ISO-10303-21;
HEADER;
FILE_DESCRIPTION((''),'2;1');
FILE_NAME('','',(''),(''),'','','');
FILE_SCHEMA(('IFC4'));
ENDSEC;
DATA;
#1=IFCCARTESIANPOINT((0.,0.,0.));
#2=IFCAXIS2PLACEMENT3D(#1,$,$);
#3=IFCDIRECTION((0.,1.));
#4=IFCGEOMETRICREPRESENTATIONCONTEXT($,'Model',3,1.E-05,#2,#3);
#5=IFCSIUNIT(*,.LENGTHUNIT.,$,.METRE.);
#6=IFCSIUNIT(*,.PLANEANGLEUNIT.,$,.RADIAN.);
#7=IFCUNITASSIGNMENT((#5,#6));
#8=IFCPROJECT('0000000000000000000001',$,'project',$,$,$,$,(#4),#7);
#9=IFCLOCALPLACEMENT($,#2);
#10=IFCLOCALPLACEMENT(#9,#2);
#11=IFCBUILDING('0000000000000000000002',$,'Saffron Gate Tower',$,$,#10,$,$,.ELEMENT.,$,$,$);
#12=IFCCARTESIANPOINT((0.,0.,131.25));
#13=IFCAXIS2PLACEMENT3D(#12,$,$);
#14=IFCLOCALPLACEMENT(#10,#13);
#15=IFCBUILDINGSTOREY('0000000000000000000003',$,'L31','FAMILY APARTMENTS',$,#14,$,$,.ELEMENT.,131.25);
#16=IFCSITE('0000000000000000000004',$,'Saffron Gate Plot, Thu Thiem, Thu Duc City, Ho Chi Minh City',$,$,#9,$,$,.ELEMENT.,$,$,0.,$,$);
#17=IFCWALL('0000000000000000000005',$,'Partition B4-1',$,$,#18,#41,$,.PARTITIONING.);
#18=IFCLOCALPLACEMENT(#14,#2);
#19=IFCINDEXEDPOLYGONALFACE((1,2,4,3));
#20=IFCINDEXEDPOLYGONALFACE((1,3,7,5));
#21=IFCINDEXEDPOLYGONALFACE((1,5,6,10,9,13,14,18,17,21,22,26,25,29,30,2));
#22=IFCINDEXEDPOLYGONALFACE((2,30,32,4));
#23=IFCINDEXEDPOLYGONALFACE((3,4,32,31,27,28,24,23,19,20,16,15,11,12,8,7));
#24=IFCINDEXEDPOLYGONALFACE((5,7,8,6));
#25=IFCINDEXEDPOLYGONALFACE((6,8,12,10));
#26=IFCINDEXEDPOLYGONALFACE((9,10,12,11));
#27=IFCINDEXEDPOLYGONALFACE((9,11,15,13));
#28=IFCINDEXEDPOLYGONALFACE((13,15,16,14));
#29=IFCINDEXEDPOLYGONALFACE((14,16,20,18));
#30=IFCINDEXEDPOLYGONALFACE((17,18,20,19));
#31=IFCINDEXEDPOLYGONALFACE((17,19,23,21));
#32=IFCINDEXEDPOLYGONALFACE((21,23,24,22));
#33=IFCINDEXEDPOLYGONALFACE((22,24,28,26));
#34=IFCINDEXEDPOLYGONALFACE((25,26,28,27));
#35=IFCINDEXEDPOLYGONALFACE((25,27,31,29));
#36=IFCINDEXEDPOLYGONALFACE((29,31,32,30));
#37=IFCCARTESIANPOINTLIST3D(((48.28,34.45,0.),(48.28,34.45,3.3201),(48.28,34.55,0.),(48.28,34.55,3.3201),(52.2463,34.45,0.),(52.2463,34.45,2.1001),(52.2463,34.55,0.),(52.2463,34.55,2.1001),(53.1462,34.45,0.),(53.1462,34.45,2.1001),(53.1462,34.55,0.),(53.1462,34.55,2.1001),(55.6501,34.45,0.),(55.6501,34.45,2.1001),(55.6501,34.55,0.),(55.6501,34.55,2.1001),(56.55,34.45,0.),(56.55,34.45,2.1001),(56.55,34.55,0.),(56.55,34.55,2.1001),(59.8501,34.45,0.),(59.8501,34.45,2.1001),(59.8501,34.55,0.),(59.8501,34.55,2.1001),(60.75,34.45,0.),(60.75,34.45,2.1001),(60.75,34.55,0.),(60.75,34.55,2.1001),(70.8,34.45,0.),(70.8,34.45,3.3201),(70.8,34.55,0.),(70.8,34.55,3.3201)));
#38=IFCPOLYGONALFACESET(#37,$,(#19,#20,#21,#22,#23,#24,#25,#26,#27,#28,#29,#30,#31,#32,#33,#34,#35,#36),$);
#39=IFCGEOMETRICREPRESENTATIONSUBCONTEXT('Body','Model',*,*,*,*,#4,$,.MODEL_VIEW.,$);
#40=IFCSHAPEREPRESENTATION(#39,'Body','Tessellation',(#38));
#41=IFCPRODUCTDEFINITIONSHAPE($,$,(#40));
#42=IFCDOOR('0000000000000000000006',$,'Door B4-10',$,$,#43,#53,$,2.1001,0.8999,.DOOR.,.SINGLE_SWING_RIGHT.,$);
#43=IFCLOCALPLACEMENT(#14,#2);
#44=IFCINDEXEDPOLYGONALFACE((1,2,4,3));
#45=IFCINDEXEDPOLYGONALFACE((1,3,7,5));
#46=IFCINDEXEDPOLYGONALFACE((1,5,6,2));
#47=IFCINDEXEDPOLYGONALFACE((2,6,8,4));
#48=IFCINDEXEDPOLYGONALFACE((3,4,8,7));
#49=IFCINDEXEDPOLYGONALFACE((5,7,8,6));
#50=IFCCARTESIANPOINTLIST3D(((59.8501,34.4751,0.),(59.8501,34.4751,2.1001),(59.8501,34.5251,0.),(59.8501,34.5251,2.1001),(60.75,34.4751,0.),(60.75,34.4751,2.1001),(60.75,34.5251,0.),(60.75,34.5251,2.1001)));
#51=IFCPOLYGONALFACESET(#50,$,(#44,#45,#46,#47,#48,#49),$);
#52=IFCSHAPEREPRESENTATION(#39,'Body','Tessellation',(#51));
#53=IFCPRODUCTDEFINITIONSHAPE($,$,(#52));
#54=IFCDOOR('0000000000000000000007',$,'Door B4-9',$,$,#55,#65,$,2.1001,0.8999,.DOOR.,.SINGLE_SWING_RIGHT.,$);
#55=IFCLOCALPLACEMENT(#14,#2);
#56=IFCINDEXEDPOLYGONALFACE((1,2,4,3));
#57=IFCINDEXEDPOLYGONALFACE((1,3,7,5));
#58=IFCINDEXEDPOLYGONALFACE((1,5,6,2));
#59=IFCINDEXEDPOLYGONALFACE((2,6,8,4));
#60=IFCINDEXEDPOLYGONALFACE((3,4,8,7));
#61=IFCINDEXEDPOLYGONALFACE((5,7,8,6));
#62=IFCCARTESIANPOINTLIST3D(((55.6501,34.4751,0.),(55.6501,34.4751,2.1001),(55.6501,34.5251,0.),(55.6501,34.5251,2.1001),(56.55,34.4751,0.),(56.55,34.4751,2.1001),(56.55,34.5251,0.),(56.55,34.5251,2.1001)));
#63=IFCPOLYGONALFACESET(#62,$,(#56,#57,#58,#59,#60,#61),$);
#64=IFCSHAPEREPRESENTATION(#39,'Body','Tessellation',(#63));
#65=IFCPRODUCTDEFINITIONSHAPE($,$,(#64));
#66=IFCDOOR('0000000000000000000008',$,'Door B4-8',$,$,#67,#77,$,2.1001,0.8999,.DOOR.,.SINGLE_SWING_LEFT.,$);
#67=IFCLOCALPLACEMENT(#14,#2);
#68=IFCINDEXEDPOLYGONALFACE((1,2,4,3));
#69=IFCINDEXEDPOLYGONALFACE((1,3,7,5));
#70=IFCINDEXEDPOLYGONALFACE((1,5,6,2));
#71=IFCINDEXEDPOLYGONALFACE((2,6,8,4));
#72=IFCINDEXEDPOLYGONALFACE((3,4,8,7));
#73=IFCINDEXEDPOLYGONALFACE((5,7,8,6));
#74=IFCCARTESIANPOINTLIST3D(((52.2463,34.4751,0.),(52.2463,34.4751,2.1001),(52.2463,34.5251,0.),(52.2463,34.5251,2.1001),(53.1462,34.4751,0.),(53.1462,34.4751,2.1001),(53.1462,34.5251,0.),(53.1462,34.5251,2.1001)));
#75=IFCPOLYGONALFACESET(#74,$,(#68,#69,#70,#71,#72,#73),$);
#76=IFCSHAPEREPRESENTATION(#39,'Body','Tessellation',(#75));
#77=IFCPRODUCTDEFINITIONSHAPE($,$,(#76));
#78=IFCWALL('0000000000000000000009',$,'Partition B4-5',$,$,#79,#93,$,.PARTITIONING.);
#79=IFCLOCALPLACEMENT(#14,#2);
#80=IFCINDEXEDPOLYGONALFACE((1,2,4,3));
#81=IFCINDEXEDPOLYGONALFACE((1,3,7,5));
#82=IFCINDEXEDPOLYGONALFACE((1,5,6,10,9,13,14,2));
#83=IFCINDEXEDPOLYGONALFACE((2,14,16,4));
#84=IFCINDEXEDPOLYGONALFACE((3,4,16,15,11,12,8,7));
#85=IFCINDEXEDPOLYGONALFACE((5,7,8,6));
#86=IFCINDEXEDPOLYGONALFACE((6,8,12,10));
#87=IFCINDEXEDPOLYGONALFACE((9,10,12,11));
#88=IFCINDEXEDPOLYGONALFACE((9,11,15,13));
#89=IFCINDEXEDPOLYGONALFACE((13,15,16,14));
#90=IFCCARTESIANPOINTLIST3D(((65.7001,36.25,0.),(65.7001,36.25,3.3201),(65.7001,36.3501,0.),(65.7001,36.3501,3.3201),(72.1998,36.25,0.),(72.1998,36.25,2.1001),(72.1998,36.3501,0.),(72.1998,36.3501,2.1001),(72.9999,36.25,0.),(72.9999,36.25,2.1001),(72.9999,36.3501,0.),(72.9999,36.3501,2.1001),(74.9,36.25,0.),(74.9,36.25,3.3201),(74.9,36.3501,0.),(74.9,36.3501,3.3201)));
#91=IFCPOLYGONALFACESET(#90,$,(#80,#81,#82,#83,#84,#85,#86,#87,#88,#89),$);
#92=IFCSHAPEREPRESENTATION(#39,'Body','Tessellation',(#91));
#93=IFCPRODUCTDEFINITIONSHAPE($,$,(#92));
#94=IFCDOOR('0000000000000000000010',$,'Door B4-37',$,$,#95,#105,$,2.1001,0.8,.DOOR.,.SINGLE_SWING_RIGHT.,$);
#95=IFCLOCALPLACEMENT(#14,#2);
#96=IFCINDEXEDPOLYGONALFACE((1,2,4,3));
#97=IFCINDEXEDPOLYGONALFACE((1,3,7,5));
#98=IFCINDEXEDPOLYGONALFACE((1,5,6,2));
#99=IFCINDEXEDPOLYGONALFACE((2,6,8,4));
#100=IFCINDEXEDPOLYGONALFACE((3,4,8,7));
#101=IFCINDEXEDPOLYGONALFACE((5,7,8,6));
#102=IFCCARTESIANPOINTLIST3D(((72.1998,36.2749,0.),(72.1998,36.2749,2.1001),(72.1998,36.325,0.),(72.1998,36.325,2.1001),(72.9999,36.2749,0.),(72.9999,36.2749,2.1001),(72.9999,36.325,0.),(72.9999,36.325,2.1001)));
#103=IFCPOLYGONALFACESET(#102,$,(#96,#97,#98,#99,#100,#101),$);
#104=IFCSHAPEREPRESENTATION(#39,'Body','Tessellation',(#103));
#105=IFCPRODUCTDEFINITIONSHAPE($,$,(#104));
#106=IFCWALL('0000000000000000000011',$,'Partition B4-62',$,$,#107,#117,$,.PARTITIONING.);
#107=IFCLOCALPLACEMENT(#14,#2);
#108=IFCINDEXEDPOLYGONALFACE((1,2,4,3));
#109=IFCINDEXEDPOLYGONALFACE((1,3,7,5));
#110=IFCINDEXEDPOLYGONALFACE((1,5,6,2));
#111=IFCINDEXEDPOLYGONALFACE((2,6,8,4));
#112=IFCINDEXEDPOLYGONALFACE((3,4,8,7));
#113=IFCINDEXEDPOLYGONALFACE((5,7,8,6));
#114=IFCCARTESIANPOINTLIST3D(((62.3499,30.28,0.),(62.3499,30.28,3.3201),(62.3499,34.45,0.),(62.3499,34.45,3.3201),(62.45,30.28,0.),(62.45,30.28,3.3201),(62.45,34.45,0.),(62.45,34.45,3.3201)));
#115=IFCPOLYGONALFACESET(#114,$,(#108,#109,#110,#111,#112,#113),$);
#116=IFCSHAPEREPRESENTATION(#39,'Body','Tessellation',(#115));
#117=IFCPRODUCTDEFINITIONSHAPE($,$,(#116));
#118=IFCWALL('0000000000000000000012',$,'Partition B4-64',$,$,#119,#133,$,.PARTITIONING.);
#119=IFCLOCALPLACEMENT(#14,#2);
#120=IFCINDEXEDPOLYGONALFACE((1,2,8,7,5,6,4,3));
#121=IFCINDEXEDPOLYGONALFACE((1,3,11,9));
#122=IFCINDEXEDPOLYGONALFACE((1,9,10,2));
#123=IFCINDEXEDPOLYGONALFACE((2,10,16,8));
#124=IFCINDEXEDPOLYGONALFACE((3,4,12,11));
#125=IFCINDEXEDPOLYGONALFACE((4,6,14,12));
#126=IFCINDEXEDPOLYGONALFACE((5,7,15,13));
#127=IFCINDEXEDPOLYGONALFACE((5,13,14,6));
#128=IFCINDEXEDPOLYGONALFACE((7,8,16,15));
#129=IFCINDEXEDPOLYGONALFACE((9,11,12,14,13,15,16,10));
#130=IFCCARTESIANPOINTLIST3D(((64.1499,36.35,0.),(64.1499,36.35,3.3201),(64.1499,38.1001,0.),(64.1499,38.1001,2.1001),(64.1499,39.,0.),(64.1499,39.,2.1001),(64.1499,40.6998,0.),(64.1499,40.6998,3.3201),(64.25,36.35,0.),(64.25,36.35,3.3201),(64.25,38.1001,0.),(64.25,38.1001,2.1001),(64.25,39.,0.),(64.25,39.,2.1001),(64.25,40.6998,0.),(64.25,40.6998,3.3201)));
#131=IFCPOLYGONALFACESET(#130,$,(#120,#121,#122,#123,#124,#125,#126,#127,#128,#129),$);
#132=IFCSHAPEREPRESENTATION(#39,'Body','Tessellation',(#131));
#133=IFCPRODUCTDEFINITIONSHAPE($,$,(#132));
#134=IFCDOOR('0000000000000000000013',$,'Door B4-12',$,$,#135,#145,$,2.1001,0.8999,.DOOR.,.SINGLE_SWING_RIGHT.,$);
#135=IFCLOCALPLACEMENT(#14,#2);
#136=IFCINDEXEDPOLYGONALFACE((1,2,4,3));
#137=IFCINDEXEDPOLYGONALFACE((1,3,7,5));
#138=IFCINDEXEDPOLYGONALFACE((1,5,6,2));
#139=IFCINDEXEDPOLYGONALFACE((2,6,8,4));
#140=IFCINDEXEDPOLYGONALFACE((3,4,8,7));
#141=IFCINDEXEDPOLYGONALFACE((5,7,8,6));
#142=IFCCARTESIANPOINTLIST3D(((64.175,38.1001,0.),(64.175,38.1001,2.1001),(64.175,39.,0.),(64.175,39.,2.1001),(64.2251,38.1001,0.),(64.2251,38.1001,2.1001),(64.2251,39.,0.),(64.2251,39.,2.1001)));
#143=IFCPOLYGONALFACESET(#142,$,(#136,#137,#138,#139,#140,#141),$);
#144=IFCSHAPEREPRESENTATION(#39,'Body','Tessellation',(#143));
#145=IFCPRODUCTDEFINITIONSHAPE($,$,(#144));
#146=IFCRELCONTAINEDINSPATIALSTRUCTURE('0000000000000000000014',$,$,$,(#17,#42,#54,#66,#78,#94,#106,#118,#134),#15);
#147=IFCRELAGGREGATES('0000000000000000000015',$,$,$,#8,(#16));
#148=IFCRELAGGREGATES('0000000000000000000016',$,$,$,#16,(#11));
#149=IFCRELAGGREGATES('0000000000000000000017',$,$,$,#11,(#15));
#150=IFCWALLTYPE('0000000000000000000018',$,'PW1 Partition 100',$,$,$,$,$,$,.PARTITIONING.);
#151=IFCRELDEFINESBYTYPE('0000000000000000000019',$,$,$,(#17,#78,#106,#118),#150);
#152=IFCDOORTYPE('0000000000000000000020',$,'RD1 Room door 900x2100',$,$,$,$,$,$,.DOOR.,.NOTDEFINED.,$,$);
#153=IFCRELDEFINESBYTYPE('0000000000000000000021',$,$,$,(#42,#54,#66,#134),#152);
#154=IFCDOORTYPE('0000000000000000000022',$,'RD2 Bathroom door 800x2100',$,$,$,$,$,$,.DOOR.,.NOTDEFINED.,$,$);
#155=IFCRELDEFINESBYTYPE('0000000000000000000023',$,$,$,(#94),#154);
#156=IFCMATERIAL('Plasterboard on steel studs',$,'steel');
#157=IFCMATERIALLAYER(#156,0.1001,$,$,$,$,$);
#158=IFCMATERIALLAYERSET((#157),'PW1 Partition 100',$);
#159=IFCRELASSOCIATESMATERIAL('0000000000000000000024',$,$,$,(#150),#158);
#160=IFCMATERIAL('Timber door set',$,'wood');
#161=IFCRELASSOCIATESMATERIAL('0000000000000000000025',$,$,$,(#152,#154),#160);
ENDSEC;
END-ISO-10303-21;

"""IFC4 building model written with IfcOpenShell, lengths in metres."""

from ifc_helpers import new_model, si_unit, direction, frame, frame_2d, origin, place, context, subcontext, project, spatial, rectangle, extrude, material, layer, layer_set, type_object, element, fill, save


model = new_model("IFC4")

# Units and contexts
model_context = context("Model", 3, precision=1e-05, world=origin(), true_north=direction((0.0, 1.0)))
body_context = subcontext(model_context, "Body", "Model", "MODEL_VIEW")
ifc_project = project(units=[si_unit("LENGTHUNIT", "METRE"), si_unit("PLANEANGLEUNIT", "RADIAN")], contexts=[model_context])

# Site, building, storey
site_placement = place(None, origin())
site = spatial("IfcSite", under=ifc_project, at=site_placement, Name="Saffron Gate Plot, Thu Thiem, Thu Duc City, Ho Chi Minh City", CompositionType="ELEMENT", RefElevation=0.0)
building_placement = place(site_placement, origin())
building = spatial("IfcBuilding", under=site, at=building_placement, Name="Saffron Gate Tower", CompositionType="ELEMENT")
storey_placement = place(building_placement, frame((0.0, 0.0, 131.25)))
storey = spatial("IfcBuildingStorey", under=building, at=storey_placement, Name="L31", Description="FAMILY APARTMENTS", CompositionType="ELEMENT", Elevation=131.25)

# Wall, openings, doors
ifc_material_1 = material(Name="Plasterboard on steel studs", Category="steel")
ifc_layer = layer(ifc_material_1, 0.1001)
ifc_layer_set = layer_set([ifc_layer], Name="PW1 Partition 100")
wall_type = type_object("IfcWallType", Name="PW1 Partition 100", PredefinedType="PARTITIONING", material=ifc_layer_set)
wall_1_placement = place(storey_placement, frame((70.8, 34.5, 0.0), z_axis=(0.0, 0.0, 1.0), x_axis=(-1.0, 0.0, 0.0)))
wall_1 = element("IfcWall", 1, at=wall_1_placement, inside=storey, type_object=wall_type, Name="Partition B4-1", PredefinedType="PARTITIONING", context=body_context, shape_type="SweptSolid", body=[
    extrude(rectangle(XDim=22.52, YDim=0.1001, at=frame_2d((11.26, 0.0))), origin(), (0.0, 0.0, 1.0), 3.3201),
])
opening_1_placement = place(wall_1_placement, frame((10.05, 0.0, 0.0)))
opening_1 = element("IfcOpeningElement", 2, at=opening_1_placement, cuts=wall_1, PredefinedType="OPENING", context=body_context, shape_type="SweptSolid", body=[
    extrude(rectangle(XDim=0.8999, YDim=2.1001, at=frame_2d((0.45, 1.05))), frame((0.0, 0.0601, 0.0), z_axis=(0.0, -1.0, 0.0), x_axis=(1.0, 0.0, 0.0)), (0.0, 0.0, 1.0), 0.1201),
])
opening_2_placement = place(wall_1_placement, frame((14.25, 0.0, 0.0)))
opening_2 = element("IfcOpeningElement", 3, at=opening_2_placement, cuts=wall_1, PredefinedType="OPENING", context=body_context, shape_type="SweptSolid", body=[
    extrude(rectangle(XDim=0.8999, YDim=2.1001, at=frame_2d((0.45, 1.05))), frame((0.0, 0.0601, 0.0), z_axis=(0.0, -1.0, 0.0), x_axis=(1.0, 0.0, 0.0)), (0.0, 0.0, 1.0), 0.1201),
])
opening_3_placement = place(wall_1_placement, frame((17.6538, 0.0, 0.0)))
opening_3 = element("IfcOpeningElement", 4, at=opening_3_placement, cuts=wall_1, PredefinedType="OPENING", context=body_context, shape_type="SweptSolid", body=[
    extrude(rectangle(XDim=0.8999, YDim=2.1001, at=frame_2d((0.45, 1.05))), frame((0.0, 0.0601, 0.0), z_axis=(0.0, -1.0, 0.0), x_axis=(1.0, 0.0, 0.0)), (0.0, 0.0, 1.0), 0.1201),
])
ifc_material_2 = material(Name="Timber door set", Category="wood")
door_type_1 = type_object("IfcDoorType", Name="RD1 Room door 900x2100", OperationType="NOTDEFINED", PredefinedType="DOOR", material=ifc_material_2)
door_1_placement = place(opening_1_placement, origin())
door_1 = element("IfcDoor", 5, at=door_1_placement, inside=storey, type_object=door_type_1, Name="Door B4-10", OperationType="SINGLE_SWING_RIGHT", OverallHeight=2.1001, OverallWidth=0.8999, PredefinedType="DOOR", context=body_context, shape_type="SweptSolid", body=[
    extrude(rectangle(XDim=0.8999, YDim=2.1001, at=frame_2d((0.45, 1.05))), frame((0.0, 0.0249, 0.0), z_axis=(0.0, -1.0, 0.0), x_axis=(1.0, 0.0, 0.0)), (0.0, 0.0, 1.0), 0.05),
])
fill(opening_1, door_1)
door_2_placement = place(opening_2_placement, origin())
door_2 = element("IfcDoor", 6, at=door_2_placement, inside=storey, type_object=door_type_1, Name="Door B4-9", OperationType="SINGLE_SWING_RIGHT", OverallHeight=2.1001, OverallWidth=0.8999, PredefinedType="DOOR", context=body_context, shape_type="SweptSolid", body=[
    extrude(rectangle(XDim=0.8999, YDim=2.1001, at=frame_2d((0.45, 1.05))), frame((0.0, 0.0249, 0.0), z_axis=(0.0, -1.0, 0.0), x_axis=(1.0, 0.0, 0.0)), (0.0, 0.0, 1.0), 0.05),
])
fill(opening_2, door_2)
door_3_placement = place(opening_3_placement, origin())
door_3 = element("IfcDoor", 7, at=door_3_placement, inside=storey, type_object=door_type_1, Name="Door B4-8", OperationType="SINGLE_SWING_LEFT", OverallHeight=2.1001, OverallWidth=0.8999, PredefinedType="DOOR", context=body_context, shape_type="SweptSolid", body=[
    extrude(rectangle(XDim=0.8999, YDim=2.1001, at=frame_2d((0.45, 1.05))), frame((0.0, 0.0249, 0.0), z_axis=(0.0, -1.0, 0.0), x_axis=(1.0, 0.0, 0.0)), (0.0, 0.0, 1.0), 0.05),
])
fill(opening_3, door_3)

# Wall, opening, door
wall_2_placement = place(storey_placement, frame((65.7, 36.3, 0.0), z_axis=(0.0, 0.0, 1.0), x_axis=(1.0, 0.0, 0.0)))
wall_2 = element("IfcWall", 8, at=wall_2_placement, inside=storey, type_object=wall_type, Name="Partition B4-5", PredefinedType="PARTITIONING", context=body_context, shape_type="SweptSolid", body=[
    extrude(rectangle(XDim=9.2, YDim=0.1001, at=frame_2d((4.6001, 0.0))), origin(), (0.0, 0.0, 1.0), 3.3201),
])
opening_4_placement = place(wall_2_placement, frame((6.5, 0.0, 0.0)))
opening_4 = element("IfcOpeningElement", 9, at=opening_4_placement, cuts=wall_2, PredefinedType="OPENING", context=body_context, shape_type="SweptSolid", body=[
    extrude(rectangle(XDim=0.8, YDim=2.1001, at=frame_2d((0.3999, 1.05))), frame((0.0, 0.0601, 0.0), z_axis=(0.0, -1.0, 0.0), x_axis=(1.0, 0.0, 0.0)), (0.0, 0.0, 1.0), 0.1201),
])
door_type_2 = type_object("IfcDoorType", Name="RD2 Bathroom door 800x2100", OperationType="NOTDEFINED", PredefinedType="DOOR", material=ifc_material_2)
door_4_placement = place(opening_4_placement, origin())
door_4 = element("IfcDoor", 10, at=door_4_placement, inside=storey, type_object=door_type_2, Name="Door B4-37", OperationType="SINGLE_SWING_RIGHT", OverallHeight=2.1001, OverallWidth=0.8, PredefinedType="DOOR", context=body_context, shape_type="SweptSolid", body=[
    extrude(rectangle(XDim=0.8, YDim=2.1001, at=frame_2d((0.3999, 1.05))), frame((0.0, 0.0249, 0.0), z_axis=(0.0, -1.0, 0.0), x_axis=(1.0, 0.0, 0.0)), (0.0, 0.0, 1.0), 0.05),
])
fill(opening_4, door_4)

# Wall
wall_3_placement = place(storey_placement, frame((62.3999, 34.45, 0.0), z_axis=(0.0, 0.0, 1.0), x_axis=(0.0, -1.0, 0.0)))
element("IfcWall", 11, at=wall_3_placement, inside=storey, type_object=wall_type, Name="Partition B4-62", PredefinedType="PARTITIONING", context=body_context, shape_type="SweptSolid", body=[
    extrude(rectangle(XDim=4.1699, YDim=0.1001, at=frame_2d((2.085, 0.0))), origin(), (0.0, 0.0, 1.0), 3.3201),
])

# Wall, opening, door
wall_4_placement = place(storey_placement, frame((64.2, 36.3501, 0.0), z_axis=(0.0, 0.0, 1.0), x_axis=(0.0, 1.0, 0.0)))
wall_4 = element("IfcWall", 12, at=wall_4_placement, inside=storey, type_object=wall_type, Name="Partition B4-64", PredefinedType="PARTITIONING", context=body_context, shape_type="SweptSolid", body=[
    extrude(rectangle(XDim=4.3499, YDim=0.1001, at=frame_2d((2.1748, 0.0))), origin(), (0.0, 0.0, 1.0), 3.3201),
])
opening_5_placement = place(wall_4_placement, frame((1.75, 0.0, 0.0)))
opening_5 = element("IfcOpeningElement", 13, at=opening_5_placement, cuts=wall_4, PredefinedType="OPENING", context=body_context, shape_type="SweptSolid", body=[
    extrude(rectangle(XDim=0.8999, YDim=2.1001, at=frame_2d((0.45, 1.05))), frame((0.0, 0.0601, 0.0), z_axis=(0.0, -1.0, 0.0), x_axis=(1.0, 0.0, 0.0)), (0.0, 0.0, 1.0), 0.1201),
])
door_5_placement = place(opening_5_placement, origin())
door_5 = element("IfcDoor", 14, at=door_5_placement, inside=storey, type_object=door_type_1, Name="Door B4-12", OperationType="SINGLE_SWING_RIGHT", OverallHeight=2.1001, OverallWidth=0.8999, PredefinedType="DOOR", context=body_context, shape_type="SweptSolid", body=[
    extrude(rectangle(XDim=0.8999, YDim=2.1001, at=frame_2d((0.45, 1.05))), frame((0.0, 0.0249, 0.0), z_axis=(0.0, -1.0, 0.0), x_axis=(1.0, 0.0, 0.0)), (0.0, 0.0, 1.0), 0.05),
])
fill(opening_5, door_5)

save(model, "model.ifc")
